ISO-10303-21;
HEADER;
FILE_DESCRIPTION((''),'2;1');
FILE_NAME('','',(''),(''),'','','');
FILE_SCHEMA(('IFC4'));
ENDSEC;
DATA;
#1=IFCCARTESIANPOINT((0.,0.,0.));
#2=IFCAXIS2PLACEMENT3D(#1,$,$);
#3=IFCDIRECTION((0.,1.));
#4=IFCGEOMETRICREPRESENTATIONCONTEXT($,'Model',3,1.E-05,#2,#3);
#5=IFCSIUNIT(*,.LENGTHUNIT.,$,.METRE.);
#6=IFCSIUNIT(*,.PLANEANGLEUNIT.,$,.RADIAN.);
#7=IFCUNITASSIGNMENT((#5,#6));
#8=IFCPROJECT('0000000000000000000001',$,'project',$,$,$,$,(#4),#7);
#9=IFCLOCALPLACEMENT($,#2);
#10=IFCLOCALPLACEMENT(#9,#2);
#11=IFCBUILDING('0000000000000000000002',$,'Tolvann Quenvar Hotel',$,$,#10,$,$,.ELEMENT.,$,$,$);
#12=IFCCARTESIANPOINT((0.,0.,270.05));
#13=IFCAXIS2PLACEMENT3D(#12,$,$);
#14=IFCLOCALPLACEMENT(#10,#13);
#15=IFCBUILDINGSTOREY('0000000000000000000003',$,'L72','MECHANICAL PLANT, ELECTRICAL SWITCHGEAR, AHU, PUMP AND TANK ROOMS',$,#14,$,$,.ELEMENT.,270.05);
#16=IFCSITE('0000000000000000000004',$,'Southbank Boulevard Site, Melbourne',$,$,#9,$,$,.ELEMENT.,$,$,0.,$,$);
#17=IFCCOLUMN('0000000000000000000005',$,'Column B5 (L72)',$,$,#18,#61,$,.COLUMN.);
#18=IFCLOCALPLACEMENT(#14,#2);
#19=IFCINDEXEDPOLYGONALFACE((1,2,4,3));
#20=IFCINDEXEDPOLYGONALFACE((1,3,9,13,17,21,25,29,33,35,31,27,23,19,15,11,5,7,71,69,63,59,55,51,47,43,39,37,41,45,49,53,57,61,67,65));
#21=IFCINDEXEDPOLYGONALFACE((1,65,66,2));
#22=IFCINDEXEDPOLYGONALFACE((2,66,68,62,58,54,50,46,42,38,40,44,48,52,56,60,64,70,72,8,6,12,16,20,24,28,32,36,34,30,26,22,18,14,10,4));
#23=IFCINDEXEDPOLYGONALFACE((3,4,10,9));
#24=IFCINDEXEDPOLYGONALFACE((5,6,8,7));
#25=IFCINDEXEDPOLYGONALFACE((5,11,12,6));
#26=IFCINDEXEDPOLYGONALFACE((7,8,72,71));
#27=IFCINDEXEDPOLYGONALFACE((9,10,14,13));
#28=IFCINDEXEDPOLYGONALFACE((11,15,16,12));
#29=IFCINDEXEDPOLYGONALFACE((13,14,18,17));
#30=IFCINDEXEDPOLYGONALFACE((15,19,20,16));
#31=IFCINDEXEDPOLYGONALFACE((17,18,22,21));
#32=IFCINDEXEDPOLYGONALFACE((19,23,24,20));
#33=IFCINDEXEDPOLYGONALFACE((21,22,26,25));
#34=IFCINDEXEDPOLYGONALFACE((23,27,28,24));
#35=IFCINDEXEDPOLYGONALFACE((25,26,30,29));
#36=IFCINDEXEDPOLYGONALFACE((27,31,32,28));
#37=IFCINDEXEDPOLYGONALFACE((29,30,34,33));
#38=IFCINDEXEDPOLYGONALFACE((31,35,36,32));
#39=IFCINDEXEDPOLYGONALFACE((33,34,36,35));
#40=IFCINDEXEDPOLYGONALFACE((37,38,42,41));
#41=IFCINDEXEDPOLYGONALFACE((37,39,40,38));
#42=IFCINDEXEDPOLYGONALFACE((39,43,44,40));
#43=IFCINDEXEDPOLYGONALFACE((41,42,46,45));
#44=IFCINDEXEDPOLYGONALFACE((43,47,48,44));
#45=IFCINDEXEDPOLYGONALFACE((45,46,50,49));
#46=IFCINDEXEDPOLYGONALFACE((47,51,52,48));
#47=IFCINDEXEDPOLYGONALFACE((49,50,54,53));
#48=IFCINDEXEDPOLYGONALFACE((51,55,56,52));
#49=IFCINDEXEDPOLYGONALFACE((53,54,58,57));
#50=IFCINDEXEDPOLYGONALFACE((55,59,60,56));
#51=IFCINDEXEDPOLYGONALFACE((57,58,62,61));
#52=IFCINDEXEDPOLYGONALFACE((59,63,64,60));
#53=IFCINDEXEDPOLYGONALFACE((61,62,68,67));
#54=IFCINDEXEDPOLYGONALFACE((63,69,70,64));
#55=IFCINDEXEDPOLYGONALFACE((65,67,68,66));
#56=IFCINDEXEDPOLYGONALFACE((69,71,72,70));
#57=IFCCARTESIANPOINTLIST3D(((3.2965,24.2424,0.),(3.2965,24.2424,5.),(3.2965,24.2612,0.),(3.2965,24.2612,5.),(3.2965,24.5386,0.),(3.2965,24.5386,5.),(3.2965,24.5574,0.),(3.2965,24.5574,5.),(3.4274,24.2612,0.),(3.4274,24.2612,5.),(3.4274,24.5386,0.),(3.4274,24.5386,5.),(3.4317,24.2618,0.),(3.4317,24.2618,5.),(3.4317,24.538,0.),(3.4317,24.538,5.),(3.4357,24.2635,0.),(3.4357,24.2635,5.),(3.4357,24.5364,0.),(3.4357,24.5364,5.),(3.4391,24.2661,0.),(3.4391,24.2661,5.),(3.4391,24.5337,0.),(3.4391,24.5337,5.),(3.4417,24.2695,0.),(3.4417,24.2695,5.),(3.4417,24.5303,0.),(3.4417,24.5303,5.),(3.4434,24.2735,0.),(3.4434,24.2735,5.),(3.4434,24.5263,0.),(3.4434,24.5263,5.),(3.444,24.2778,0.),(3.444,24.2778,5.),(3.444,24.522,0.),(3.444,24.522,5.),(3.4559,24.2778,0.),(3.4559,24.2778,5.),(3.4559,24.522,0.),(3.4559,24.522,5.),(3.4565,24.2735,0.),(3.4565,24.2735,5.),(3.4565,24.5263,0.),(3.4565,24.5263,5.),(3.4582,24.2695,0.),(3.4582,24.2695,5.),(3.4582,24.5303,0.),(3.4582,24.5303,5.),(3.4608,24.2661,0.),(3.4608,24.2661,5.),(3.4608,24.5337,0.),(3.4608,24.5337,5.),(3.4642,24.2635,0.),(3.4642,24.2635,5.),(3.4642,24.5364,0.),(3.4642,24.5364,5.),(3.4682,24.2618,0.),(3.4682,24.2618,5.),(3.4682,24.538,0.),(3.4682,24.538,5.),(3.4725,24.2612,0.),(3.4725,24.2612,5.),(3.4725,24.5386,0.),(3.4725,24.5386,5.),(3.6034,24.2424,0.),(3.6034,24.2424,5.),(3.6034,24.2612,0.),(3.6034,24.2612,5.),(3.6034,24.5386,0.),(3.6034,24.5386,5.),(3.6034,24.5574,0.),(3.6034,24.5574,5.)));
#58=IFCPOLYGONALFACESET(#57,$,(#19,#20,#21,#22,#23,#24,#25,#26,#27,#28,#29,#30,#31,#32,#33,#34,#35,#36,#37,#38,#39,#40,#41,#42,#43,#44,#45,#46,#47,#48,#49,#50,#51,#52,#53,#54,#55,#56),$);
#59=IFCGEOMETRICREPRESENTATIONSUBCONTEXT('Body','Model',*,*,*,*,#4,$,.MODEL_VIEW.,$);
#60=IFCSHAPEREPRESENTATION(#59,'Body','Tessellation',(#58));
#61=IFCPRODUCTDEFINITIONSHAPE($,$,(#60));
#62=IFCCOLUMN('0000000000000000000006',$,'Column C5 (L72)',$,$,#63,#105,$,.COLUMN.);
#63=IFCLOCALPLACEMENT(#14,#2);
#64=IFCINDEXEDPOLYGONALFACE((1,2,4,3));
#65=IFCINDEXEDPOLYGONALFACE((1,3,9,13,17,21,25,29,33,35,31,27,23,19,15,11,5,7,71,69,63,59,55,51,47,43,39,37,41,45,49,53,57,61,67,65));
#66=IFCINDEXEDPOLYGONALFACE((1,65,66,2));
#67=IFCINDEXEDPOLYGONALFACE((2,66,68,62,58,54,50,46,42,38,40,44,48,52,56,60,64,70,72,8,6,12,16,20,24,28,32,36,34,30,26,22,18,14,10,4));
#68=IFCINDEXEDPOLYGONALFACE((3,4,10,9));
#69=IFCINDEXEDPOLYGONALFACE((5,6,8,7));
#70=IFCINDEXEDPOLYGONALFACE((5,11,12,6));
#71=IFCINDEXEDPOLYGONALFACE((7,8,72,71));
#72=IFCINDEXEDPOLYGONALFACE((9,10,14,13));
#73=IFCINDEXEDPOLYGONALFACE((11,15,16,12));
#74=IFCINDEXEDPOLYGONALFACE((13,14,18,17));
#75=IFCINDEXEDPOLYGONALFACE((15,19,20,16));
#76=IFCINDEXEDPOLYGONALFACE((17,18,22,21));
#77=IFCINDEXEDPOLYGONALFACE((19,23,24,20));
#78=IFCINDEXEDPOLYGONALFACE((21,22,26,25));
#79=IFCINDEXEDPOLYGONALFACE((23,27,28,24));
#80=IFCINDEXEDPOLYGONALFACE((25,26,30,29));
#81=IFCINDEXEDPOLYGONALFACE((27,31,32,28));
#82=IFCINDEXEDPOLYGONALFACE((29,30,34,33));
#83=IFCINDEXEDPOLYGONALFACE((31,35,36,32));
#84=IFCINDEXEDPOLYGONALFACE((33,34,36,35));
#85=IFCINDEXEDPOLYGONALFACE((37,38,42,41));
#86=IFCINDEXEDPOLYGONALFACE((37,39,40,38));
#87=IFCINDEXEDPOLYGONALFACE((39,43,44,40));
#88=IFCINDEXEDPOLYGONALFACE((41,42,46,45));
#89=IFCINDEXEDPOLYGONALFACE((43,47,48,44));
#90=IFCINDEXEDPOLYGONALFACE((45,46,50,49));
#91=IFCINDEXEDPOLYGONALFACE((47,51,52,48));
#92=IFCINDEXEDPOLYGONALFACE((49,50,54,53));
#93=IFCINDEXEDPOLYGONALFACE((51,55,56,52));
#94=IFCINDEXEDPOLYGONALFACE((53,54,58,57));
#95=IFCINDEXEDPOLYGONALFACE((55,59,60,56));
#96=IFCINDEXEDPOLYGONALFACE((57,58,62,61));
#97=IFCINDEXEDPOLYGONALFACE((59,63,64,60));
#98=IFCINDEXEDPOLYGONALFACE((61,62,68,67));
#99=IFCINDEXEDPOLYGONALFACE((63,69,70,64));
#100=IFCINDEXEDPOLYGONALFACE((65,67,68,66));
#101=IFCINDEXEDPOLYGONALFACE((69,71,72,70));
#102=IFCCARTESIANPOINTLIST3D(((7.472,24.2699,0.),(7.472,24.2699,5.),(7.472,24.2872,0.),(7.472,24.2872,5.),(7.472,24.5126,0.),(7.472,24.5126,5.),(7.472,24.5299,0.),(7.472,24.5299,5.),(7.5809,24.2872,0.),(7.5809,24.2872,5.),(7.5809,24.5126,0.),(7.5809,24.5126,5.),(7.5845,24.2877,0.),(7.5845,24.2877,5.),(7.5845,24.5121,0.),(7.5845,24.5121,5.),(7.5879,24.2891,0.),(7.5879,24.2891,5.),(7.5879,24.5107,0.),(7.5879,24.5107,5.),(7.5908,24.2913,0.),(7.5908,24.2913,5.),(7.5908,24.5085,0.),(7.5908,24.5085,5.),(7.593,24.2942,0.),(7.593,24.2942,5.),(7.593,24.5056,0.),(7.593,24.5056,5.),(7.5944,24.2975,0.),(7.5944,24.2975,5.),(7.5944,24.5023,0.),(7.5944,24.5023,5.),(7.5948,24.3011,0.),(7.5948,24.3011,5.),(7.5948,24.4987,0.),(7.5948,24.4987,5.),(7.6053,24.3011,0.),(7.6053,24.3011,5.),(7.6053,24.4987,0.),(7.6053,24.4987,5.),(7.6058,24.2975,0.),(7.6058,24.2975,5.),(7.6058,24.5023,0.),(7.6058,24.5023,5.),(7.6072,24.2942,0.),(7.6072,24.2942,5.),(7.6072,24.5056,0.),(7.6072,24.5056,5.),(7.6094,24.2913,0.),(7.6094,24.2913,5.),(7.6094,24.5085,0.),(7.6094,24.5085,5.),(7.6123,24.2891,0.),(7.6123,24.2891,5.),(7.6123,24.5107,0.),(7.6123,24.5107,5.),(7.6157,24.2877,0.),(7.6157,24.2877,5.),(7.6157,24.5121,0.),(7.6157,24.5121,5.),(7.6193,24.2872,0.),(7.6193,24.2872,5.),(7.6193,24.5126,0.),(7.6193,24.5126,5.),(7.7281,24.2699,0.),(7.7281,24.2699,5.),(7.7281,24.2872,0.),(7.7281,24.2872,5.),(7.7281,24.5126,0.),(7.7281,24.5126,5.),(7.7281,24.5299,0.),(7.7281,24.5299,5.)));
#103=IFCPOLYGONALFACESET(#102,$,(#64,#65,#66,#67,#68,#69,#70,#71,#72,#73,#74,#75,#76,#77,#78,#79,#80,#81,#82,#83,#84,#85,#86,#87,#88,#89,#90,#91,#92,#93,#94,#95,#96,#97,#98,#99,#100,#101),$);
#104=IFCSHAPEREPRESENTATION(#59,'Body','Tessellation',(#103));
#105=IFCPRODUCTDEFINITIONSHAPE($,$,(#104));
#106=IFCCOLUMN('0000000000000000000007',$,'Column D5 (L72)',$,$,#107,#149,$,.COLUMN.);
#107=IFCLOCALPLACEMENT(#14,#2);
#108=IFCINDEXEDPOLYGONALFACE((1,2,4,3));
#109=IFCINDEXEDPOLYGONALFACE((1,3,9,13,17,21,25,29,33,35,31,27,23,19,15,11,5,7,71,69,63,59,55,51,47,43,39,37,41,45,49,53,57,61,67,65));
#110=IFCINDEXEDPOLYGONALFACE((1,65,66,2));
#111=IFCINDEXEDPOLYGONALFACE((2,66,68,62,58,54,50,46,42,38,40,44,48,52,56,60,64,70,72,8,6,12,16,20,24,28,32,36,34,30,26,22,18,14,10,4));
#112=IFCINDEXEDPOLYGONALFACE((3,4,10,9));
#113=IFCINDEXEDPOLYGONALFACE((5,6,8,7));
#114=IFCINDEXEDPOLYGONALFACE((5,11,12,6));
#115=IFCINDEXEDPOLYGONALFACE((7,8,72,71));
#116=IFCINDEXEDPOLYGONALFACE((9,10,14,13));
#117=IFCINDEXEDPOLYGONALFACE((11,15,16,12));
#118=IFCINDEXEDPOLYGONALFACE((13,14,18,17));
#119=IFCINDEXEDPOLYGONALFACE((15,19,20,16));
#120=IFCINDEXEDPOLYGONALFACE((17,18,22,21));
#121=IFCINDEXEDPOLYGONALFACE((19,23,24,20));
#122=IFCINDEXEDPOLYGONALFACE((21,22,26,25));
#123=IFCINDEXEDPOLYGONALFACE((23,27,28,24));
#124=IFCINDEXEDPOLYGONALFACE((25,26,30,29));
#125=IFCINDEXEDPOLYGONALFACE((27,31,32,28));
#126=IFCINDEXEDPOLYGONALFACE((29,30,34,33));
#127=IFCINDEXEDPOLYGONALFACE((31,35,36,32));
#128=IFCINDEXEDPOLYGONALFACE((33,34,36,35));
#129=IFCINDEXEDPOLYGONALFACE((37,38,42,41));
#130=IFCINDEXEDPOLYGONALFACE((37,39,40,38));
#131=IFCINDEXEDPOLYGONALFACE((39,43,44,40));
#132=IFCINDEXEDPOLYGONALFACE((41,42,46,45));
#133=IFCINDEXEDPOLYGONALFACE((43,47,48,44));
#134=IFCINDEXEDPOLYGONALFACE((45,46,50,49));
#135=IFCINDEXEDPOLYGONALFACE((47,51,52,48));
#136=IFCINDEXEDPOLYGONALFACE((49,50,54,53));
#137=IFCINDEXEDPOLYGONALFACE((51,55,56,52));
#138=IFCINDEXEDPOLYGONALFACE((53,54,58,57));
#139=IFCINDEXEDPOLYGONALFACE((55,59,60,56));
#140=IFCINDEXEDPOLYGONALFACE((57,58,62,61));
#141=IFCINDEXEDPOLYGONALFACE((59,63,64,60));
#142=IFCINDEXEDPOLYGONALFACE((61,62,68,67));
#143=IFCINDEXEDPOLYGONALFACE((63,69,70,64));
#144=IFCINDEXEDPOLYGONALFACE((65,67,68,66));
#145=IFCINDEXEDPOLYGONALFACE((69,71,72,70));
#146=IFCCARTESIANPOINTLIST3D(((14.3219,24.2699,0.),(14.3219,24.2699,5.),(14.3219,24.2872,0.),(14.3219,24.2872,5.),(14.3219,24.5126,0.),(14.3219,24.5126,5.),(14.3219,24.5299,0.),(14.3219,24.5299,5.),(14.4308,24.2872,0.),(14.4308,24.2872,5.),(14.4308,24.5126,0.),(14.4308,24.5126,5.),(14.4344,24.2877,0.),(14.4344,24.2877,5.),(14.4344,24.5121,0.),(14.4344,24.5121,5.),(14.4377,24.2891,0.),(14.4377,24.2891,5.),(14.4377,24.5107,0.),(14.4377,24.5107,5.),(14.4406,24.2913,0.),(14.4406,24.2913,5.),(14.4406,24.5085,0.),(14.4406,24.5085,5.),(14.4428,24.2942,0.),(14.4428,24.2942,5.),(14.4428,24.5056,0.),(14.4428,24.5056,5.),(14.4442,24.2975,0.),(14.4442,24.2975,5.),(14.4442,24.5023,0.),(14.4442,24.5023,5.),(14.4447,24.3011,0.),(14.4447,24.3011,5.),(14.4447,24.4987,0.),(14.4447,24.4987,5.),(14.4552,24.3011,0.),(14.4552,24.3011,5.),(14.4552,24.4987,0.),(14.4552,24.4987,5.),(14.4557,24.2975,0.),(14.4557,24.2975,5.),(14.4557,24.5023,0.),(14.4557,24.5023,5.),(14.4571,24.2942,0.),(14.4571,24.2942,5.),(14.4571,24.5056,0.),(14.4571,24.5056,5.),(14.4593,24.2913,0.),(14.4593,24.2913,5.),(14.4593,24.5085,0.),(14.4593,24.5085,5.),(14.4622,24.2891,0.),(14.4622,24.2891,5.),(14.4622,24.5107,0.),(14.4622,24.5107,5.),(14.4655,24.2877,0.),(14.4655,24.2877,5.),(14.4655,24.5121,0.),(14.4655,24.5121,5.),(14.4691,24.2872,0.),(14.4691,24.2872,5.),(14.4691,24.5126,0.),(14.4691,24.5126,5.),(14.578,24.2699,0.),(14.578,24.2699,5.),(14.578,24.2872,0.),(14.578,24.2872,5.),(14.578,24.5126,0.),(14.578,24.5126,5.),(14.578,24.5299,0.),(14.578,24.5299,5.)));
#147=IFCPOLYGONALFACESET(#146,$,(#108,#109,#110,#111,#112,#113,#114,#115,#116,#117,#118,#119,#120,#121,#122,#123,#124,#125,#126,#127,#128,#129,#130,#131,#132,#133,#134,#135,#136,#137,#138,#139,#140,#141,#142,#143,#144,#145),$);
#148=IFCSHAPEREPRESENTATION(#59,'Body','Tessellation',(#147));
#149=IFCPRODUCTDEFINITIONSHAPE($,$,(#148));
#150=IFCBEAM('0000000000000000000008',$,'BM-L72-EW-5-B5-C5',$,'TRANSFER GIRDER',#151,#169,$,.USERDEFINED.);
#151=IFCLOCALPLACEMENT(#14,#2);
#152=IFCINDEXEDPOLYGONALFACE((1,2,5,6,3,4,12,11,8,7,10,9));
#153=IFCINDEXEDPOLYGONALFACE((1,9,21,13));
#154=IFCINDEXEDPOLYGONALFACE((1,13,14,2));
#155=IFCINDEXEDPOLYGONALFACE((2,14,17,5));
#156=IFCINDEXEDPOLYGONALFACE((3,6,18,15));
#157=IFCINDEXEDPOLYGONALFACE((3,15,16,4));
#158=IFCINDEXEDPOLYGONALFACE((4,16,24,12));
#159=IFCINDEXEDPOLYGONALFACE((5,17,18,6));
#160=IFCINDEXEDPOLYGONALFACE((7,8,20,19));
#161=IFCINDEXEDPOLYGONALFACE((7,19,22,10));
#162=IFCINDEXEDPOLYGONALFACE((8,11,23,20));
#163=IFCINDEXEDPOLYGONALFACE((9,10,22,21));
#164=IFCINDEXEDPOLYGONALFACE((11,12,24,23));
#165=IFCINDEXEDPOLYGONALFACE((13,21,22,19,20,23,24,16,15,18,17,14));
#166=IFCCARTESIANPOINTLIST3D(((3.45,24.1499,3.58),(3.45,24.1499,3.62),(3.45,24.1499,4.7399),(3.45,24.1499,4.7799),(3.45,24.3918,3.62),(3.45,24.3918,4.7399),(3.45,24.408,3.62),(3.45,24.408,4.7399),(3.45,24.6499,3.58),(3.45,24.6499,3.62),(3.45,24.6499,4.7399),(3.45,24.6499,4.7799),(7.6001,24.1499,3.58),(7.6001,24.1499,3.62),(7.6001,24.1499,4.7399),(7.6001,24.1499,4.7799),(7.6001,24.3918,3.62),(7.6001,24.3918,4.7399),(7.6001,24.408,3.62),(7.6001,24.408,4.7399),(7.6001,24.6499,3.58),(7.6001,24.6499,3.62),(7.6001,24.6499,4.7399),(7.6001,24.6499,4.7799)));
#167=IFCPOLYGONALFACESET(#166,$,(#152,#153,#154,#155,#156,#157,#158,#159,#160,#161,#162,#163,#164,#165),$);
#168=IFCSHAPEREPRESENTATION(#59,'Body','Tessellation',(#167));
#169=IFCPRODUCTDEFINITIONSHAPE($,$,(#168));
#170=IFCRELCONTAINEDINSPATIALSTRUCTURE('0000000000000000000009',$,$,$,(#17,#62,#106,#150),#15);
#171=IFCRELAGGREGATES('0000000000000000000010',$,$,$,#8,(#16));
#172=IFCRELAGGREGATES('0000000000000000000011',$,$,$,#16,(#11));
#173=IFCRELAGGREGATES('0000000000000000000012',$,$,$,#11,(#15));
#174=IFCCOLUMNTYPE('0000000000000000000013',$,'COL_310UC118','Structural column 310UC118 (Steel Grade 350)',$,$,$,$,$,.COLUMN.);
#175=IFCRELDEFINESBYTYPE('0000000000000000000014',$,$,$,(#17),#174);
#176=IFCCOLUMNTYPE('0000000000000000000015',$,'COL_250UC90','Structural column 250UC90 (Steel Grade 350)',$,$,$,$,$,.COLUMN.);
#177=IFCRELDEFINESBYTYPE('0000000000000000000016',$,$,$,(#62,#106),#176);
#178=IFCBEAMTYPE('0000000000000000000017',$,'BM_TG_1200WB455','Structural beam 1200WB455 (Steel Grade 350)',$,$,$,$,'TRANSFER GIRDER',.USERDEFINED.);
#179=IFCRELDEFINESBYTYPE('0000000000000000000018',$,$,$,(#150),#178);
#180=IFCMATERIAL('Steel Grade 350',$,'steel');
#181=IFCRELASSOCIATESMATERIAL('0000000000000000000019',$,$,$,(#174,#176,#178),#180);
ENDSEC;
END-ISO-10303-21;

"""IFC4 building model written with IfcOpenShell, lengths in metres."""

from ifc_helpers import new_model, si_unit, direction, frame, origin, origin_2d, place, context, subcontext, project, spatial, i_section, extrude, source, transform, mapped, material, material_profile, profile_set, type_object, type_shapes, element, save


model = new_model("IFC4")

# Units and contexts
model_context = context("Model", 3, precision=1e-05, world=origin(), true_north=direction((0.0, 1.0)))
body_context = subcontext(model_context, "Body", "Model", "MODEL_VIEW")
ifc_project = project(units=[si_unit("LENGTHUNIT", "METRE"), si_unit("PLANEANGLEUNIT", "RADIAN")], contexts=[model_context])

# Site, building, storey
site_placement = place(None, origin())
site = spatial("IfcSite", under=ifc_project, at=site_placement, Name="Southbank Boulevard Site, Melbourne", CompositionType="ELEMENT", RefElevation=0.0)
building_placement = place(site_placement, origin())
building = spatial("IfcBuilding", under=site, at=building_placement, Name="Tolvann Quenvar Hotel", CompositionType="ELEMENT")
storey_placement = place(building_placement, frame((0.0, 0.0, 270.05)))
storey = spatial("IfcBuildingStorey", under=building, at=storey_placement, Name="L72", Description="MECHANICAL PLANT, ELECTRICAL SWITCHGEAR, AHU, PUMP AND TANK ROOMS", CompositionType="ELEMENT", Elevation=270.05)

# Columns
ifc_material_1 = material(Name="Steel Grade 350", Category="steel")
ifc_material_profile_1 = material_profile(ifc_material_1, i_section(OverallWidth=0.3069, OverallDepth=0.3149, WebThickness=0.012, FlangeThickness=0.0188, FilletRadius=0.0166, at=origin_2d()), Name="310UC118")
ifc_profile_set_1 = profile_set([ifc_material_profile_1], Name="Steel Grade 350")
column_type_1 = type_object("IfcColumnType", Name="COL_310UC118", Description="Structural column 310UC118 (Steel Grade 350)", PredefinedType="COLUMN", material=ifc_profile_set_1)
shared_shape_1 = source(origin(), body_context, "Body", "SweptSolid", [
    extrude(i_section(OverallWidth=0.3069, OverallDepth=0.3149, WebThickness=0.012, FlangeThickness=0.0188, FilletRadius=0.0166, at=origin_2d()), origin(), (0.0, 0.0, 1.0), 5.0),
])
type_shapes(column_type_1, [shared_shape_1])
column_placement = place(storey_placement, frame((3.45, 24.3999, 0.0), z_axis=(0.0, 0.0, 1.0), x_axis=(1.0, 0.0, 0.0)))
element("IfcColumn", 1, at=column_placement, inside=storey, type_object=column_type_1, Name="Column B5 (L72)", PredefinedType="COLUMN", context=body_context, shape_type="MappedRepresentation", body=[
    mapped(shared_shape_1, transform((0.0, 0.0, 0.0), x_axis=(1.0, 0.0, 0.0), y_axis=(0.0, 1.0, 0.0), z_axis=(0.0, 0.0, 1.0), scale=1.0)),
])
ifc_material_profile_2 = material_profile(ifc_material_1, i_section(OverallWidth=0.2561, OverallDepth=0.26, WebThickness=0.0105, FlangeThickness=0.0173, FilletRadius=0.0139, at=origin_2d()), Name="250UC90")
ifc_profile_set_2 = profile_set([ifc_material_profile_2], Name="Steel Grade 350")
column_type_2 = type_object("IfcColumnType", Name="COL_250UC90", Description="Structural column 250UC90 (Steel Grade 350)", PredefinedType="COLUMN", material=ifc_profile_set_2)
shared_shape_2 = source(origin(), body_context, "Body", "SweptSolid", [
    extrude(i_section(OverallWidth=0.2561, OverallDepth=0.26, WebThickness=0.0105, FlangeThickness=0.0173, FilletRadius=0.0139, at=origin_2d()), origin(), (0.0, 0.0, 1.0), 5.0),
])
type_shapes(column_type_2, [shared_shape_2])
for number, where, z_axis, x_axis, name in (
    (2, (7.6001, 24.3999, 0.0), (0.0, 0.0, 1.0), (1.0, 0.0, 0.0), "Column C5 (L72)"),
    (3, (14.45, 24.3999, 0.0), (0.0, 0.0, 1.0), (1.0, 0.0, 0.0), "Column D5 (L72)"),
):
    element("IfcColumn", number, at=place(storey_placement, frame(where, z_axis=z_axis, x_axis=x_axis)), inside=storey, type_object=column_type_2, Name=name, PredefinedType="COLUMN", context=body_context, shape_type="MappedRepresentation", body=[
        mapped(shared_shape_2, transform((0.0, 0.0, 0.0), x_axis=(1.0, 0.0, 0.0), y_axis=(0.0, 1.0, 0.0), z_axis=(0.0, 0.0, 1.0), scale=1.0)),
    ])

# Beam
ifc_material_profile_3 = material_profile(ifc_material_1, i_section(OverallWidth=0.5, OverallDepth=1.2, WebThickness=0.0161, FlangeThickness=0.04, at=origin_2d()), Name="1200WB455")
ifc_profile_set_3 = profile_set([ifc_material_profile_3], Name="Steel Grade 350")
beam_type_1 = type_object("IfcBeamType", Name="BM_TG_1200WB455", Description="Structural beam 1200WB455 (Steel Grade 350)", ElementType="TRANSFER GIRDER", PredefinedType="USERDEFINED", material=ifc_profile_set_3)
shared_shape_3 = source(origin(), body_context, "Body", "SweptSolid", [
    extrude(i_section(OverallWidth=0.5, OverallDepth=1.2, WebThickness=0.0161, FlangeThickness=0.04, at=origin_2d()), origin(), (0.0, 0.0, 1.0), 4.1501),
])
beam_1_placement = place(storey_placement, frame((3.45, 24.3999, 4.1799), z_axis=(1.0, 0.0, 0.0), x_axis=(0.0, 1.0, 0.0)))
element("IfcBeam", 4, at=beam_1_placement, inside=storey, type_object=beam_type_1, Name="BM-L72-EW-5-B5-C5", ObjectType="TRANSFER GIRDER", PredefinedType="USERDEFINED", context=body_context, shape_type="MappedRepresentation", body=[
    mapped(shared_shape_3, transform((0.0, 0.0, 0.0), x_axis=(1.0, 0.0, 0.0), y_axis=(0.0, 1.0, 0.0), z_axis=(0.0, 0.0, 1.0), scale=1.0)),
])

save(model, "model.ifc")
